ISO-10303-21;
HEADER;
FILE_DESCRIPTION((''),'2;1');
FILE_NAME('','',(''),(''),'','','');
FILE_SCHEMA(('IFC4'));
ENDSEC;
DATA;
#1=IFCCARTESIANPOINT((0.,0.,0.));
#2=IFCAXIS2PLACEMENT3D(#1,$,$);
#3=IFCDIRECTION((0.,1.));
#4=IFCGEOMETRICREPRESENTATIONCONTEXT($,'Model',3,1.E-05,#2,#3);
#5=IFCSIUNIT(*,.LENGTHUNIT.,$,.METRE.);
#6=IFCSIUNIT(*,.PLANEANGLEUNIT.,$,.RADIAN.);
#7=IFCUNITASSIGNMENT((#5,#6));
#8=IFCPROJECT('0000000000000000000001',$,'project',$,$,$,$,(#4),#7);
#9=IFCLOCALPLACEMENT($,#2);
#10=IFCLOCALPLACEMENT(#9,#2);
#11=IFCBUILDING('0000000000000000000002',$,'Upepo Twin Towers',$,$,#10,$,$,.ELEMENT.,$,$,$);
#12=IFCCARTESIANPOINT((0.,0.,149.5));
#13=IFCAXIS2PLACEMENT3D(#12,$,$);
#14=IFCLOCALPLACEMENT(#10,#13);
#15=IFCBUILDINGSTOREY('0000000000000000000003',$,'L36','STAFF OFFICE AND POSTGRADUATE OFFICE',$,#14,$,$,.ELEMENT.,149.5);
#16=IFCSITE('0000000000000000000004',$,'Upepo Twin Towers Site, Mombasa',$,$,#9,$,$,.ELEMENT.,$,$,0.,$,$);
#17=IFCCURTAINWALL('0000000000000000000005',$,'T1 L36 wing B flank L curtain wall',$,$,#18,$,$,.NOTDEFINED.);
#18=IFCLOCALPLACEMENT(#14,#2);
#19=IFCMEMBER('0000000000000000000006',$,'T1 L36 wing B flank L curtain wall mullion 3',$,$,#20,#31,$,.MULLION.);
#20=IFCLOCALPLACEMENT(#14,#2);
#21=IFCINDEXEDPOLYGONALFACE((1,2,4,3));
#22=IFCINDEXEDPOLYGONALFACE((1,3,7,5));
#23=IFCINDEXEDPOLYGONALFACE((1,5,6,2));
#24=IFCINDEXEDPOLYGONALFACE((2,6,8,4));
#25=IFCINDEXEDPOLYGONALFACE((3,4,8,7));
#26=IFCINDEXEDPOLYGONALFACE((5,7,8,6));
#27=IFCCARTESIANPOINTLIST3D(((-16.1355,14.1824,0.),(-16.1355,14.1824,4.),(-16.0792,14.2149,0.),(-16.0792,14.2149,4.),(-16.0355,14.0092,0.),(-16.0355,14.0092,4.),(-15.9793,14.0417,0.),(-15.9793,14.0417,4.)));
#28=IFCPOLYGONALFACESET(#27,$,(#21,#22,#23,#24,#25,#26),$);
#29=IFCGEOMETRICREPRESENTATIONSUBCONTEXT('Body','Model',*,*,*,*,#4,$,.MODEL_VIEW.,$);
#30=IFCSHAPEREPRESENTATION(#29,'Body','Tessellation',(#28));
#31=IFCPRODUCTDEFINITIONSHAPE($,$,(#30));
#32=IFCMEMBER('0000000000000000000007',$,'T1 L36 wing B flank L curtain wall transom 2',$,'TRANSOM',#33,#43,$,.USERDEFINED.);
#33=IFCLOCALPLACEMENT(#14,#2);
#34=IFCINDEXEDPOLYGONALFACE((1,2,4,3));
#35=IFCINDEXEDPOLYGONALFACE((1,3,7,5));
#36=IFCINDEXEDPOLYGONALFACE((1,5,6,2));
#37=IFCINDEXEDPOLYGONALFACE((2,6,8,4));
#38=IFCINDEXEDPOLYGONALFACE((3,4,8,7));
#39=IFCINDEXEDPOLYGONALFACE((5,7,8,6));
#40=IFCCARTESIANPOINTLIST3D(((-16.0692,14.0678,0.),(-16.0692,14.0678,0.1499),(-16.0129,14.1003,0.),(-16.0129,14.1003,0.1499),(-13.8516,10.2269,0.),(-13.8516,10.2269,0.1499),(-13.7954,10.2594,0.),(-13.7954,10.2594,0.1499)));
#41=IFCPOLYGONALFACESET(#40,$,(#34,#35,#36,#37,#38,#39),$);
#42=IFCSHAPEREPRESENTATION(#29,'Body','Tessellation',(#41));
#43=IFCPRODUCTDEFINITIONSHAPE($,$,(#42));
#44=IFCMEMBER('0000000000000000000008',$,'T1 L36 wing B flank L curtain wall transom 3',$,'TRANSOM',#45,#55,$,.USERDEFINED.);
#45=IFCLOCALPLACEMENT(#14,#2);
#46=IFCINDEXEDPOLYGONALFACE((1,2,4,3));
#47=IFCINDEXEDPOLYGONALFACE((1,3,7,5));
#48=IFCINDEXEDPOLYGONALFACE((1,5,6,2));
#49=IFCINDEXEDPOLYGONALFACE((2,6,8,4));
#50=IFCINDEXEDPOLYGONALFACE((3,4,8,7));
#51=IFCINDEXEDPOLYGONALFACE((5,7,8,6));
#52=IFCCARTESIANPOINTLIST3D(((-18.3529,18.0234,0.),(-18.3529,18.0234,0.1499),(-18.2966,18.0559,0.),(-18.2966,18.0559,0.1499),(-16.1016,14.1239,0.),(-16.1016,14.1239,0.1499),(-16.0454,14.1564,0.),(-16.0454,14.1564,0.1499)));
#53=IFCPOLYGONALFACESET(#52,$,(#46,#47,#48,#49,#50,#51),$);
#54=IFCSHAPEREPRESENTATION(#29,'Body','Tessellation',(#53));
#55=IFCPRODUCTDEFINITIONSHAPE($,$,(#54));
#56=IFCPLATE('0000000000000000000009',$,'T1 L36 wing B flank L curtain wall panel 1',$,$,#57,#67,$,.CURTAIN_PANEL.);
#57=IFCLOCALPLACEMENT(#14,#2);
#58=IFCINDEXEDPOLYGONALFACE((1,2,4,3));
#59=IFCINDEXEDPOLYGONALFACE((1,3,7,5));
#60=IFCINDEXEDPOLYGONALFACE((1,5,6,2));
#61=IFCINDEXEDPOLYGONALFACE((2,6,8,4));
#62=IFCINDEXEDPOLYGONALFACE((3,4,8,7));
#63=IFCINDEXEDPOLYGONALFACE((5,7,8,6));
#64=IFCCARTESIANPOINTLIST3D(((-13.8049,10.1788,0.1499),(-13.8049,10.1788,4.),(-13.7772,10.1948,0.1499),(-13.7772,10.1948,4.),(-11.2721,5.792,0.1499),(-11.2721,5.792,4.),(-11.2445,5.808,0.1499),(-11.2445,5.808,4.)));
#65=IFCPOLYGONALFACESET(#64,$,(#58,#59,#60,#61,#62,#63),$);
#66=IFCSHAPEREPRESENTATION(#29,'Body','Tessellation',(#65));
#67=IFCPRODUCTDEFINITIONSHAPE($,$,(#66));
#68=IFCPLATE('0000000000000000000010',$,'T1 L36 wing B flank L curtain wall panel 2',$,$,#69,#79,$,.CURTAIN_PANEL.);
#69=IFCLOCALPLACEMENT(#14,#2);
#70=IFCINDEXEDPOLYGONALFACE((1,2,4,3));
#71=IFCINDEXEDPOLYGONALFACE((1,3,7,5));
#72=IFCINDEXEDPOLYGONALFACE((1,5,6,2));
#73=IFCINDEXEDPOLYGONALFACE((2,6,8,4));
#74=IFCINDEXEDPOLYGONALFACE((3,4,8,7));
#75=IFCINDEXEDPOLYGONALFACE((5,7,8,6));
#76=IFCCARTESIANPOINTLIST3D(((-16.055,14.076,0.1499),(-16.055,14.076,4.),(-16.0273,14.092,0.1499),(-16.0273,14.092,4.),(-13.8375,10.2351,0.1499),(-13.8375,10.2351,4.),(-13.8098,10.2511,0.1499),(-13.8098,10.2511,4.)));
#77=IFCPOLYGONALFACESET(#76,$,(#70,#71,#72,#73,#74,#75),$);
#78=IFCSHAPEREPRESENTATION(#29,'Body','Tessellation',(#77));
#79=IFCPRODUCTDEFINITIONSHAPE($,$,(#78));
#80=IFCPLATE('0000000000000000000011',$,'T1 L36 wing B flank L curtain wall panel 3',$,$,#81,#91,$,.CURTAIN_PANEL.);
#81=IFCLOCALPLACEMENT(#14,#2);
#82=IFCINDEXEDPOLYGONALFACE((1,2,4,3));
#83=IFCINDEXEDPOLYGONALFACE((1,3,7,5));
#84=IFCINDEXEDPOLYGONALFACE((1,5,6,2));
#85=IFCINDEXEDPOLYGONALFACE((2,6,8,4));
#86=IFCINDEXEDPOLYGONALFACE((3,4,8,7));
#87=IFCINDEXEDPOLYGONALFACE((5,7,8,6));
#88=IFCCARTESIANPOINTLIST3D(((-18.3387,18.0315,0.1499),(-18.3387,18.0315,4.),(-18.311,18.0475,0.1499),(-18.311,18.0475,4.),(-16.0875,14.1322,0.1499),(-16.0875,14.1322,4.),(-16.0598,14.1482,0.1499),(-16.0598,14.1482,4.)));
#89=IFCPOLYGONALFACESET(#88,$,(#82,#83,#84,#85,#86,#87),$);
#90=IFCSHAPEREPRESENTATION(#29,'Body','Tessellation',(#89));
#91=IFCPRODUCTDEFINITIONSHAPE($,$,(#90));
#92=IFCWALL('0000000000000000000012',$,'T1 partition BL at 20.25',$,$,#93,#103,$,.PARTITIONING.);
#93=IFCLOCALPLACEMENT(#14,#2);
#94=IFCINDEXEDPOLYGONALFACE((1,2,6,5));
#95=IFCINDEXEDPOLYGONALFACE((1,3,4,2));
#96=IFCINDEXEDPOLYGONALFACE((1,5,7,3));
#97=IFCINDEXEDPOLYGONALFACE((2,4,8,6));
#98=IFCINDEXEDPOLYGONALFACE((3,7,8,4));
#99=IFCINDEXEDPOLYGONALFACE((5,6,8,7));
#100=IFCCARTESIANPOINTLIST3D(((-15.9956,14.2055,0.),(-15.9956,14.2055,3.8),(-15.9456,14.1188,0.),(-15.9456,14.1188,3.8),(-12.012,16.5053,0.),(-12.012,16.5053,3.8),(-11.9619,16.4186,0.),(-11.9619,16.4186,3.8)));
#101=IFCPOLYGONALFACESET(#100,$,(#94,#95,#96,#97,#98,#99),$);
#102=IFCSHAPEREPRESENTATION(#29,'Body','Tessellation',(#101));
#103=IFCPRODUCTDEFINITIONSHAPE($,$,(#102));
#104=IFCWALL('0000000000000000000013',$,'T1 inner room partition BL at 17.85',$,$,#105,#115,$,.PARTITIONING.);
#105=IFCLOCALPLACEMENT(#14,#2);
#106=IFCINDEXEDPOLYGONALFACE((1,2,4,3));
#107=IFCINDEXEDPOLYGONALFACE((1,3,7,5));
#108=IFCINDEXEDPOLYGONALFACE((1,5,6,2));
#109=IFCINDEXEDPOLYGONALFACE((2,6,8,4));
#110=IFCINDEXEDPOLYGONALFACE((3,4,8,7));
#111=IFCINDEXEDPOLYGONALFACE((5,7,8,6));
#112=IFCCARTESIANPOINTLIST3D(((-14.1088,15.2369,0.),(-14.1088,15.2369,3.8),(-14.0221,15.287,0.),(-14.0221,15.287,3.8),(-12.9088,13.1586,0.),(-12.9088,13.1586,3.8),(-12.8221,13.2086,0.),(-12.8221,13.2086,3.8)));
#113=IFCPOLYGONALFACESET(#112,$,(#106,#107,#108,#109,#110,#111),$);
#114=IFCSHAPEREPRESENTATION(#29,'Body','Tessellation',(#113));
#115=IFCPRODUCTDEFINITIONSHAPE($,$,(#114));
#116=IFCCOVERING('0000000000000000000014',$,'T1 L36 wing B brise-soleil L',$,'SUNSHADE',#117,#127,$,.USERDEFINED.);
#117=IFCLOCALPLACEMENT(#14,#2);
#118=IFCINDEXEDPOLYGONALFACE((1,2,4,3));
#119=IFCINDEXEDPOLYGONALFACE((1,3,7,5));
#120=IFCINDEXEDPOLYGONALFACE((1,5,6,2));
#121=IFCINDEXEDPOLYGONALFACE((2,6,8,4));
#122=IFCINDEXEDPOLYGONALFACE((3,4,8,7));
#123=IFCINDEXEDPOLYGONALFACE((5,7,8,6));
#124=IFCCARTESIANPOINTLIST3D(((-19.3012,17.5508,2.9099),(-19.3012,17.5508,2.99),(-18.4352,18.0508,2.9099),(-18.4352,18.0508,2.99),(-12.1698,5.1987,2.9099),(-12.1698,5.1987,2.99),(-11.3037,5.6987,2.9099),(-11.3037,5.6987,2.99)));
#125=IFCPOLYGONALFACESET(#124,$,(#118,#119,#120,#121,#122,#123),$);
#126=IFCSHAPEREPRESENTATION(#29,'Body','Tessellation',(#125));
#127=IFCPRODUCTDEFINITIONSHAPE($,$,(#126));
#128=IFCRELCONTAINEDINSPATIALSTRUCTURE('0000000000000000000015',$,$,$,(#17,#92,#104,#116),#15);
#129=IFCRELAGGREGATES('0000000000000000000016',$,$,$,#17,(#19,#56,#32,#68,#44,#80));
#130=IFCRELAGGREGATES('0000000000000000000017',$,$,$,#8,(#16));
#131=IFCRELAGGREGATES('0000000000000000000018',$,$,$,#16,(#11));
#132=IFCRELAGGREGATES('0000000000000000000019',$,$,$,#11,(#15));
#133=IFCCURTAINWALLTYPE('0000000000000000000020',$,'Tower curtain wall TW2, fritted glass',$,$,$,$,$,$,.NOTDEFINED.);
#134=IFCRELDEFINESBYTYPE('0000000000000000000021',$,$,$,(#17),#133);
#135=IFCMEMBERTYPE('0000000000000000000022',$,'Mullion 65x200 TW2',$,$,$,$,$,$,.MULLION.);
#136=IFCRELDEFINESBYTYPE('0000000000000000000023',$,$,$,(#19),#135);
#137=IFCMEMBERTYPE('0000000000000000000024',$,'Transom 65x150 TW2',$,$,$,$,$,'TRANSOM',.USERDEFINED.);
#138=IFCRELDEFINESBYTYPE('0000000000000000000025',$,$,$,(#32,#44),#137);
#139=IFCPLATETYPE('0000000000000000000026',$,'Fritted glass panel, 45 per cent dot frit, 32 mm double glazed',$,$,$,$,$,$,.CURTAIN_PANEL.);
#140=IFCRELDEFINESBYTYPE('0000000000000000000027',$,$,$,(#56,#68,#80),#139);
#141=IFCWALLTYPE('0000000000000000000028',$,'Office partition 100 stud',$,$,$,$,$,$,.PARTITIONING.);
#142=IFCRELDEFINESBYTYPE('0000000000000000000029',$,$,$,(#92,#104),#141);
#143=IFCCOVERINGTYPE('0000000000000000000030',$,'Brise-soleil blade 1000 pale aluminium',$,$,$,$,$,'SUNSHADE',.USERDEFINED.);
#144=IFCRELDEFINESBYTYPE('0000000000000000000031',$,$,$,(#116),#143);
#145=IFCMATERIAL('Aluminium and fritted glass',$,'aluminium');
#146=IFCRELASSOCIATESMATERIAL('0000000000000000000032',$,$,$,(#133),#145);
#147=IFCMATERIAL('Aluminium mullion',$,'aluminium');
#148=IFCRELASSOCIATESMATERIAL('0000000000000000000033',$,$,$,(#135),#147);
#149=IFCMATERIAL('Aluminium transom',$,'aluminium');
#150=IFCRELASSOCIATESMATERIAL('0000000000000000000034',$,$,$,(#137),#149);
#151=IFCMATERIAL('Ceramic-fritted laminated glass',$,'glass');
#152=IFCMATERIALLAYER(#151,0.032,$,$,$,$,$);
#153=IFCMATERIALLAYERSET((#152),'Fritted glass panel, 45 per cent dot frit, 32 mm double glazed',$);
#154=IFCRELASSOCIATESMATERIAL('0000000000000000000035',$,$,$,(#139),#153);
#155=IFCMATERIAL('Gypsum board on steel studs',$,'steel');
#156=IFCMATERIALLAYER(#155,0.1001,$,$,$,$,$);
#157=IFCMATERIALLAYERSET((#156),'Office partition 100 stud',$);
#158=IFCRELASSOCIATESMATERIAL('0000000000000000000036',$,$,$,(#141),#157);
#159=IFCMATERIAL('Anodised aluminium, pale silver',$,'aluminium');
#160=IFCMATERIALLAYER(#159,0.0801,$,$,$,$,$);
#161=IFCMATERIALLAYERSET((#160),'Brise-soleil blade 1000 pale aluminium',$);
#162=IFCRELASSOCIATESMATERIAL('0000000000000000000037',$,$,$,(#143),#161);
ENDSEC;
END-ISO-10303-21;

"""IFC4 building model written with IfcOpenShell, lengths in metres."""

from ifc_helpers import new_model, si_unit, direction, frame, frame_2d, origin, origin_2d, place, context, subcontext, project, spatial, rectangle, extrude, material, layer, layer_set, material_profile, profile_set, type_object, element, aggregate, save


model = new_model("IFC4")

# Units and contexts
model_context = context("Model", 3, precision=1e-05, world=origin(), true_north=direction((0.0, 1.0)))
body_context = subcontext(model_context, "Body", "Model", "MODEL_VIEW")
ifc_project = project(units=[si_unit("LENGTHUNIT", "METRE"), si_unit("PLANEANGLEUNIT", "RADIAN")], contexts=[model_context])

# Site, building, storey
site_placement = place(None, origin())
site = spatial("IfcSite", under=ifc_project, at=site_placement, Name="Upepo Twin Towers Site, Mombasa", CompositionType="ELEMENT", RefElevation=0.0)
building_placement = place(site_placement, origin())
building = spatial("IfcBuilding", under=site, at=building_placement, Name="Upepo Twin Towers", CompositionType="ELEMENT")
storey_placement = place(building_placement, frame((0.0, 0.0, 149.5)))
storey = spatial("IfcBuildingStorey", under=building, at=storey_placement, Name="L36", Description="STAFF OFFICE AND POSTGRADUATE OFFICE", CompositionType="ELEMENT", Elevation=149.5)

# Curtain wall, members, plates
ifc_material_1 = material(Name="Aluminium and fritted glass", Category="aluminium")
curtain_wall_type = type_object("IfcCurtainWallType", Name="Tower curtain wall TW2, fritted glass", PredefinedType="NOTDEFINED", material=ifc_material_1)
curtain_wall_placement = place(storey_placement, origin())
curtain_wall = element("IfcCurtainWall", 1, at=curtain_wall_placement, inside=storey, type_object=curtain_wall_type, Name="T1 L36 wing B flank L curtain wall", PredefinedType="NOTDEFINED")
ifc_material_2 = material(Name="Aluminium mullion", Category="aluminium")
ifc_material_profile_1 = material_profile(ifc_material_2, rectangle(XDim=0.0649, YDim=0.2, at=origin_2d()), Name="MULLION 65x200")
ifc_profile_set_1 = profile_set([ifc_material_profile_1], Name="Aluminium mullion")
member_type_1 = type_object("IfcMemberType", Name="Mullion 65x200 TW2", PredefinedType="MULLION", material=ifc_profile_set_1)
member_1_placement = place(storey_placement, frame((-16.0574, 14.1121, 0.0), z_axis=(0.0, 0.0, 1.0), x_axis=(-0.866025, -0.5, 0.0)))
member_1 = element("IfcMember", 2, at=member_1_placement, type_object=member_type_1, Name="T1 L36 wing B flank L curtain wall mullion 3", PredefinedType="MULLION", context=body_context, shape_type="SweptSolid", body=[
    extrude(rectangle(XDim=0.0649, YDim=0.2, at=origin_2d()), origin(), (0.0, 0.0, 1.0), 4.0),
])
ifc_material_3 = material(Name="Aluminium transom", Category="aluminium")
ifc_material_profile_2 = material_profile(ifc_material_3, rectangle(XDim=0.0649, YDim=0.1499, at=origin_2d()), Name="TRANSOM 65x150")
ifc_profile_set_2 = profile_set([ifc_material_profile_2], Name="Aluminium transom")
member_type_2 = type_object("IfcMemberType", Name="Transom 65x150 TW2", ElementType="TRANSOM", PredefinedType="USERDEFINED", material=ifc_profile_set_2)
member_2_placement = place(storey_placement, frame((-13.8235, 10.2432, 0.075), z_axis=(-0.500005, 0.866022, 0.0), x_axis=(-0.866022, -0.500005, 0.0)))
member_2 = element("IfcMember", 3, at=member_2_placement, type_object=member_type_2, Name="T1 L36 wing B flank L curtain wall transom 2", ObjectType="TRANSOM", PredefinedType="USERDEFINED", context=body_context, shape_type="SweptSolid", body=[
    extrude(rectangle(XDim=0.0649, YDim=0.1499, at=origin_2d()), origin(), (0.0, 0.0, 1.0), 4.4351),
])
member_3_placement = place(storey_placement, frame((-16.0735, 14.1401, 0.075), z_axis=(-0.499982, 0.866036, 0.0), x_axis=(-0.866036, -0.499982, 0.0)))
member_3 = element("IfcMember", 4, at=member_3_placement, type_object=member_type_2, Name="T1 L36 wing B flank L curtain wall transom 3", ObjectType="TRANSOM", PredefinedType="USERDEFINED", context=body_context, shape_type="SweptSolid", body=[
    extrude(rectangle(XDim=0.0649, YDim=0.1499, at=origin_2d()), origin(), (0.0, 0.0, 1.0), 4.5027),
])
ifc_material_4 = material(Name="Ceramic-fritted laminated glass", Category="glass")
ifc_layer_1 = layer(ifc_material_4, 0.032)
ifc_layer_set_1 = layer_set([ifc_layer_1], Name="Fritted glass panel, 45 per cent dot frit, 32 mm double glazed")
plate_type = type_object("IfcPlateType", Name="Fritted glass panel, 45 per cent dot frit, 32 mm double glazed", PredefinedType="CURTAIN_PANEL", material=ifc_layer_set_1)
plate_1_placement = place(storey_placement, frame((-12.5247, 7.9934, 0.1499), z_axis=(0.0, 0.0, 1.0), x_axis=(-0.5, 0.866025, 0.0)))
plate_1 = element("IfcPlate", 5, at=plate_1_placement, type_object=plate_type, Name="T1 L36 wing B flank L curtain wall panel 1", PredefinedType="CURTAIN_PANEL", context=body_context, shape_type="SweptSolid", body=[
    extrude(rectangle(XDim=5.0654, YDim=0.032, at=origin_2d()), origin(), (0.0, 0.0, 1.0), 3.8501),
])
plate_2_placement = place(storey_placement, frame((-14.9324, 12.1636, 0.1499), z_axis=(0.0, 0.0, 1.0), x_axis=(-0.5, 0.866025, 0.0)))
plate_2 = element("IfcPlate", 6, at=plate_2_placement, type_object=plate_type, Name="T1 L36 wing B flank L curtain wall panel 2", PredefinedType="CURTAIN_PANEL", context=body_context, shape_type="SweptSolid", body=[
    extrude(rectangle(XDim=4.4351, YDim=0.032, at=origin_2d()), origin(), (0.0, 0.0, 1.0), 3.8501),
])
plate_3_placement = place(storey_placement, frame((-17.1992, 16.0898, 0.1499), z_axis=(0.0, 0.0, 1.0), x_axis=(-0.5, 0.866025, 0.0)))
plate_3 = element("IfcPlate", 7, at=plate_3_placement, type_object=plate_type, Name="T1 L36 wing B flank L curtain wall panel 3", PredefinedType="CURTAIN_PANEL", context=body_context, shape_type="SweptSolid", body=[
    extrude(rectangle(XDim=4.5024, YDim=0.032, at=origin_2d()), origin(), (0.0, 0.0, 1.0), 3.8501),
])
aggregate(curtain_wall, [member_1, plate_1, member_2, plate_2, member_3, plate_3])

# Walls
ifc_material_5 = material(Name="Gypsum board on steel studs", Category="steel")
ifc_layer_2 = layer(ifc_material_5, 0.1001)
ifc_layer_set_2 = layer_set([ifc_layer_2], Name="Office partition 100 stud")
wall_type = type_object("IfcWallType", Name="Office partition 100 stud", PredefinedType="PARTITIONING", material=ifc_layer_set_2)
wall_1_placement = place(storey_placement, frame((-11.9871, 16.4619, 0.0), z_axis=(0.0, 0.0, 1.0), x_axis=(-0.86604, -0.499975, 0.0)))
element("IfcWall", 8, at=wall_1_placement, inside=storey, type_object=wall_type, Name="T1 partition BL at 20.25", PredefinedType="PARTITIONING", context=body_context, shape_type="SweptSolid", body=[
    extrude(rectangle(XDim=4.5999, YDim=0.1001, at=frame_2d((2.2998, 0.0))), origin(), (0.0, 0.0, 1.0), 3.8),
])
wall_2_placement = place(storey_placement, frame((-12.8655, 13.1836, 0.0), z_axis=(0.0, 0.0, 1.0), x_axis=(-0.500001, 0.866025, 0.0)))
element("IfcWall", 9, at=wall_2_placement, inside=storey, type_object=wall_type, Name="T1 inner room partition BL at 17.85", PredefinedType="PARTITIONING", context=body_context, shape_type="SweptSolid", body=[
    extrude(rectangle(XDim=2.3999, YDim=0.1001, at=frame_2d((1.2, 0.0))), origin(), (0.0, 0.0, 1.0), 3.8),
])

# Covering
ifc_material_6 = material(Name="Anodised aluminium, pale silver", Category="aluminium")
ifc_layer_3 = layer(ifc_material_6, 0.0801)
ifc_layer_set_3 = layer_set([ifc_layer_3], Name="Brise-soleil blade 1000 pale aluminium")
covering_type = type_object("IfcCoveringType", Name="Brise-soleil blade 1000 pale aluminium", ElementType="SUNSHADE", PredefinedType="USERDEFINED", material=ifc_layer_set_3)
covering_placement = place(storey_placement, frame((-15.3025, 11.6248, 2.9099), z_axis=(0.0, 0.0, 1.0), x_axis=(-0.5, 0.866025, 0.0)))
element("IfcCovering", 10, at=covering_placement, inside=storey, type_object=covering_type, Name="T1 L36 wing B brise-soleil L", ObjectType="SUNSHADE", PredefinedType="USERDEFINED", context=body_context, shape_type="SweptSolid", body=[
    extrude(rectangle(XDim=14.2629, YDim=1.0, at=origin_2d()), origin(), (0.0, 0.0, 1.0), 0.0801),
])

save(model, "model.ifc")
